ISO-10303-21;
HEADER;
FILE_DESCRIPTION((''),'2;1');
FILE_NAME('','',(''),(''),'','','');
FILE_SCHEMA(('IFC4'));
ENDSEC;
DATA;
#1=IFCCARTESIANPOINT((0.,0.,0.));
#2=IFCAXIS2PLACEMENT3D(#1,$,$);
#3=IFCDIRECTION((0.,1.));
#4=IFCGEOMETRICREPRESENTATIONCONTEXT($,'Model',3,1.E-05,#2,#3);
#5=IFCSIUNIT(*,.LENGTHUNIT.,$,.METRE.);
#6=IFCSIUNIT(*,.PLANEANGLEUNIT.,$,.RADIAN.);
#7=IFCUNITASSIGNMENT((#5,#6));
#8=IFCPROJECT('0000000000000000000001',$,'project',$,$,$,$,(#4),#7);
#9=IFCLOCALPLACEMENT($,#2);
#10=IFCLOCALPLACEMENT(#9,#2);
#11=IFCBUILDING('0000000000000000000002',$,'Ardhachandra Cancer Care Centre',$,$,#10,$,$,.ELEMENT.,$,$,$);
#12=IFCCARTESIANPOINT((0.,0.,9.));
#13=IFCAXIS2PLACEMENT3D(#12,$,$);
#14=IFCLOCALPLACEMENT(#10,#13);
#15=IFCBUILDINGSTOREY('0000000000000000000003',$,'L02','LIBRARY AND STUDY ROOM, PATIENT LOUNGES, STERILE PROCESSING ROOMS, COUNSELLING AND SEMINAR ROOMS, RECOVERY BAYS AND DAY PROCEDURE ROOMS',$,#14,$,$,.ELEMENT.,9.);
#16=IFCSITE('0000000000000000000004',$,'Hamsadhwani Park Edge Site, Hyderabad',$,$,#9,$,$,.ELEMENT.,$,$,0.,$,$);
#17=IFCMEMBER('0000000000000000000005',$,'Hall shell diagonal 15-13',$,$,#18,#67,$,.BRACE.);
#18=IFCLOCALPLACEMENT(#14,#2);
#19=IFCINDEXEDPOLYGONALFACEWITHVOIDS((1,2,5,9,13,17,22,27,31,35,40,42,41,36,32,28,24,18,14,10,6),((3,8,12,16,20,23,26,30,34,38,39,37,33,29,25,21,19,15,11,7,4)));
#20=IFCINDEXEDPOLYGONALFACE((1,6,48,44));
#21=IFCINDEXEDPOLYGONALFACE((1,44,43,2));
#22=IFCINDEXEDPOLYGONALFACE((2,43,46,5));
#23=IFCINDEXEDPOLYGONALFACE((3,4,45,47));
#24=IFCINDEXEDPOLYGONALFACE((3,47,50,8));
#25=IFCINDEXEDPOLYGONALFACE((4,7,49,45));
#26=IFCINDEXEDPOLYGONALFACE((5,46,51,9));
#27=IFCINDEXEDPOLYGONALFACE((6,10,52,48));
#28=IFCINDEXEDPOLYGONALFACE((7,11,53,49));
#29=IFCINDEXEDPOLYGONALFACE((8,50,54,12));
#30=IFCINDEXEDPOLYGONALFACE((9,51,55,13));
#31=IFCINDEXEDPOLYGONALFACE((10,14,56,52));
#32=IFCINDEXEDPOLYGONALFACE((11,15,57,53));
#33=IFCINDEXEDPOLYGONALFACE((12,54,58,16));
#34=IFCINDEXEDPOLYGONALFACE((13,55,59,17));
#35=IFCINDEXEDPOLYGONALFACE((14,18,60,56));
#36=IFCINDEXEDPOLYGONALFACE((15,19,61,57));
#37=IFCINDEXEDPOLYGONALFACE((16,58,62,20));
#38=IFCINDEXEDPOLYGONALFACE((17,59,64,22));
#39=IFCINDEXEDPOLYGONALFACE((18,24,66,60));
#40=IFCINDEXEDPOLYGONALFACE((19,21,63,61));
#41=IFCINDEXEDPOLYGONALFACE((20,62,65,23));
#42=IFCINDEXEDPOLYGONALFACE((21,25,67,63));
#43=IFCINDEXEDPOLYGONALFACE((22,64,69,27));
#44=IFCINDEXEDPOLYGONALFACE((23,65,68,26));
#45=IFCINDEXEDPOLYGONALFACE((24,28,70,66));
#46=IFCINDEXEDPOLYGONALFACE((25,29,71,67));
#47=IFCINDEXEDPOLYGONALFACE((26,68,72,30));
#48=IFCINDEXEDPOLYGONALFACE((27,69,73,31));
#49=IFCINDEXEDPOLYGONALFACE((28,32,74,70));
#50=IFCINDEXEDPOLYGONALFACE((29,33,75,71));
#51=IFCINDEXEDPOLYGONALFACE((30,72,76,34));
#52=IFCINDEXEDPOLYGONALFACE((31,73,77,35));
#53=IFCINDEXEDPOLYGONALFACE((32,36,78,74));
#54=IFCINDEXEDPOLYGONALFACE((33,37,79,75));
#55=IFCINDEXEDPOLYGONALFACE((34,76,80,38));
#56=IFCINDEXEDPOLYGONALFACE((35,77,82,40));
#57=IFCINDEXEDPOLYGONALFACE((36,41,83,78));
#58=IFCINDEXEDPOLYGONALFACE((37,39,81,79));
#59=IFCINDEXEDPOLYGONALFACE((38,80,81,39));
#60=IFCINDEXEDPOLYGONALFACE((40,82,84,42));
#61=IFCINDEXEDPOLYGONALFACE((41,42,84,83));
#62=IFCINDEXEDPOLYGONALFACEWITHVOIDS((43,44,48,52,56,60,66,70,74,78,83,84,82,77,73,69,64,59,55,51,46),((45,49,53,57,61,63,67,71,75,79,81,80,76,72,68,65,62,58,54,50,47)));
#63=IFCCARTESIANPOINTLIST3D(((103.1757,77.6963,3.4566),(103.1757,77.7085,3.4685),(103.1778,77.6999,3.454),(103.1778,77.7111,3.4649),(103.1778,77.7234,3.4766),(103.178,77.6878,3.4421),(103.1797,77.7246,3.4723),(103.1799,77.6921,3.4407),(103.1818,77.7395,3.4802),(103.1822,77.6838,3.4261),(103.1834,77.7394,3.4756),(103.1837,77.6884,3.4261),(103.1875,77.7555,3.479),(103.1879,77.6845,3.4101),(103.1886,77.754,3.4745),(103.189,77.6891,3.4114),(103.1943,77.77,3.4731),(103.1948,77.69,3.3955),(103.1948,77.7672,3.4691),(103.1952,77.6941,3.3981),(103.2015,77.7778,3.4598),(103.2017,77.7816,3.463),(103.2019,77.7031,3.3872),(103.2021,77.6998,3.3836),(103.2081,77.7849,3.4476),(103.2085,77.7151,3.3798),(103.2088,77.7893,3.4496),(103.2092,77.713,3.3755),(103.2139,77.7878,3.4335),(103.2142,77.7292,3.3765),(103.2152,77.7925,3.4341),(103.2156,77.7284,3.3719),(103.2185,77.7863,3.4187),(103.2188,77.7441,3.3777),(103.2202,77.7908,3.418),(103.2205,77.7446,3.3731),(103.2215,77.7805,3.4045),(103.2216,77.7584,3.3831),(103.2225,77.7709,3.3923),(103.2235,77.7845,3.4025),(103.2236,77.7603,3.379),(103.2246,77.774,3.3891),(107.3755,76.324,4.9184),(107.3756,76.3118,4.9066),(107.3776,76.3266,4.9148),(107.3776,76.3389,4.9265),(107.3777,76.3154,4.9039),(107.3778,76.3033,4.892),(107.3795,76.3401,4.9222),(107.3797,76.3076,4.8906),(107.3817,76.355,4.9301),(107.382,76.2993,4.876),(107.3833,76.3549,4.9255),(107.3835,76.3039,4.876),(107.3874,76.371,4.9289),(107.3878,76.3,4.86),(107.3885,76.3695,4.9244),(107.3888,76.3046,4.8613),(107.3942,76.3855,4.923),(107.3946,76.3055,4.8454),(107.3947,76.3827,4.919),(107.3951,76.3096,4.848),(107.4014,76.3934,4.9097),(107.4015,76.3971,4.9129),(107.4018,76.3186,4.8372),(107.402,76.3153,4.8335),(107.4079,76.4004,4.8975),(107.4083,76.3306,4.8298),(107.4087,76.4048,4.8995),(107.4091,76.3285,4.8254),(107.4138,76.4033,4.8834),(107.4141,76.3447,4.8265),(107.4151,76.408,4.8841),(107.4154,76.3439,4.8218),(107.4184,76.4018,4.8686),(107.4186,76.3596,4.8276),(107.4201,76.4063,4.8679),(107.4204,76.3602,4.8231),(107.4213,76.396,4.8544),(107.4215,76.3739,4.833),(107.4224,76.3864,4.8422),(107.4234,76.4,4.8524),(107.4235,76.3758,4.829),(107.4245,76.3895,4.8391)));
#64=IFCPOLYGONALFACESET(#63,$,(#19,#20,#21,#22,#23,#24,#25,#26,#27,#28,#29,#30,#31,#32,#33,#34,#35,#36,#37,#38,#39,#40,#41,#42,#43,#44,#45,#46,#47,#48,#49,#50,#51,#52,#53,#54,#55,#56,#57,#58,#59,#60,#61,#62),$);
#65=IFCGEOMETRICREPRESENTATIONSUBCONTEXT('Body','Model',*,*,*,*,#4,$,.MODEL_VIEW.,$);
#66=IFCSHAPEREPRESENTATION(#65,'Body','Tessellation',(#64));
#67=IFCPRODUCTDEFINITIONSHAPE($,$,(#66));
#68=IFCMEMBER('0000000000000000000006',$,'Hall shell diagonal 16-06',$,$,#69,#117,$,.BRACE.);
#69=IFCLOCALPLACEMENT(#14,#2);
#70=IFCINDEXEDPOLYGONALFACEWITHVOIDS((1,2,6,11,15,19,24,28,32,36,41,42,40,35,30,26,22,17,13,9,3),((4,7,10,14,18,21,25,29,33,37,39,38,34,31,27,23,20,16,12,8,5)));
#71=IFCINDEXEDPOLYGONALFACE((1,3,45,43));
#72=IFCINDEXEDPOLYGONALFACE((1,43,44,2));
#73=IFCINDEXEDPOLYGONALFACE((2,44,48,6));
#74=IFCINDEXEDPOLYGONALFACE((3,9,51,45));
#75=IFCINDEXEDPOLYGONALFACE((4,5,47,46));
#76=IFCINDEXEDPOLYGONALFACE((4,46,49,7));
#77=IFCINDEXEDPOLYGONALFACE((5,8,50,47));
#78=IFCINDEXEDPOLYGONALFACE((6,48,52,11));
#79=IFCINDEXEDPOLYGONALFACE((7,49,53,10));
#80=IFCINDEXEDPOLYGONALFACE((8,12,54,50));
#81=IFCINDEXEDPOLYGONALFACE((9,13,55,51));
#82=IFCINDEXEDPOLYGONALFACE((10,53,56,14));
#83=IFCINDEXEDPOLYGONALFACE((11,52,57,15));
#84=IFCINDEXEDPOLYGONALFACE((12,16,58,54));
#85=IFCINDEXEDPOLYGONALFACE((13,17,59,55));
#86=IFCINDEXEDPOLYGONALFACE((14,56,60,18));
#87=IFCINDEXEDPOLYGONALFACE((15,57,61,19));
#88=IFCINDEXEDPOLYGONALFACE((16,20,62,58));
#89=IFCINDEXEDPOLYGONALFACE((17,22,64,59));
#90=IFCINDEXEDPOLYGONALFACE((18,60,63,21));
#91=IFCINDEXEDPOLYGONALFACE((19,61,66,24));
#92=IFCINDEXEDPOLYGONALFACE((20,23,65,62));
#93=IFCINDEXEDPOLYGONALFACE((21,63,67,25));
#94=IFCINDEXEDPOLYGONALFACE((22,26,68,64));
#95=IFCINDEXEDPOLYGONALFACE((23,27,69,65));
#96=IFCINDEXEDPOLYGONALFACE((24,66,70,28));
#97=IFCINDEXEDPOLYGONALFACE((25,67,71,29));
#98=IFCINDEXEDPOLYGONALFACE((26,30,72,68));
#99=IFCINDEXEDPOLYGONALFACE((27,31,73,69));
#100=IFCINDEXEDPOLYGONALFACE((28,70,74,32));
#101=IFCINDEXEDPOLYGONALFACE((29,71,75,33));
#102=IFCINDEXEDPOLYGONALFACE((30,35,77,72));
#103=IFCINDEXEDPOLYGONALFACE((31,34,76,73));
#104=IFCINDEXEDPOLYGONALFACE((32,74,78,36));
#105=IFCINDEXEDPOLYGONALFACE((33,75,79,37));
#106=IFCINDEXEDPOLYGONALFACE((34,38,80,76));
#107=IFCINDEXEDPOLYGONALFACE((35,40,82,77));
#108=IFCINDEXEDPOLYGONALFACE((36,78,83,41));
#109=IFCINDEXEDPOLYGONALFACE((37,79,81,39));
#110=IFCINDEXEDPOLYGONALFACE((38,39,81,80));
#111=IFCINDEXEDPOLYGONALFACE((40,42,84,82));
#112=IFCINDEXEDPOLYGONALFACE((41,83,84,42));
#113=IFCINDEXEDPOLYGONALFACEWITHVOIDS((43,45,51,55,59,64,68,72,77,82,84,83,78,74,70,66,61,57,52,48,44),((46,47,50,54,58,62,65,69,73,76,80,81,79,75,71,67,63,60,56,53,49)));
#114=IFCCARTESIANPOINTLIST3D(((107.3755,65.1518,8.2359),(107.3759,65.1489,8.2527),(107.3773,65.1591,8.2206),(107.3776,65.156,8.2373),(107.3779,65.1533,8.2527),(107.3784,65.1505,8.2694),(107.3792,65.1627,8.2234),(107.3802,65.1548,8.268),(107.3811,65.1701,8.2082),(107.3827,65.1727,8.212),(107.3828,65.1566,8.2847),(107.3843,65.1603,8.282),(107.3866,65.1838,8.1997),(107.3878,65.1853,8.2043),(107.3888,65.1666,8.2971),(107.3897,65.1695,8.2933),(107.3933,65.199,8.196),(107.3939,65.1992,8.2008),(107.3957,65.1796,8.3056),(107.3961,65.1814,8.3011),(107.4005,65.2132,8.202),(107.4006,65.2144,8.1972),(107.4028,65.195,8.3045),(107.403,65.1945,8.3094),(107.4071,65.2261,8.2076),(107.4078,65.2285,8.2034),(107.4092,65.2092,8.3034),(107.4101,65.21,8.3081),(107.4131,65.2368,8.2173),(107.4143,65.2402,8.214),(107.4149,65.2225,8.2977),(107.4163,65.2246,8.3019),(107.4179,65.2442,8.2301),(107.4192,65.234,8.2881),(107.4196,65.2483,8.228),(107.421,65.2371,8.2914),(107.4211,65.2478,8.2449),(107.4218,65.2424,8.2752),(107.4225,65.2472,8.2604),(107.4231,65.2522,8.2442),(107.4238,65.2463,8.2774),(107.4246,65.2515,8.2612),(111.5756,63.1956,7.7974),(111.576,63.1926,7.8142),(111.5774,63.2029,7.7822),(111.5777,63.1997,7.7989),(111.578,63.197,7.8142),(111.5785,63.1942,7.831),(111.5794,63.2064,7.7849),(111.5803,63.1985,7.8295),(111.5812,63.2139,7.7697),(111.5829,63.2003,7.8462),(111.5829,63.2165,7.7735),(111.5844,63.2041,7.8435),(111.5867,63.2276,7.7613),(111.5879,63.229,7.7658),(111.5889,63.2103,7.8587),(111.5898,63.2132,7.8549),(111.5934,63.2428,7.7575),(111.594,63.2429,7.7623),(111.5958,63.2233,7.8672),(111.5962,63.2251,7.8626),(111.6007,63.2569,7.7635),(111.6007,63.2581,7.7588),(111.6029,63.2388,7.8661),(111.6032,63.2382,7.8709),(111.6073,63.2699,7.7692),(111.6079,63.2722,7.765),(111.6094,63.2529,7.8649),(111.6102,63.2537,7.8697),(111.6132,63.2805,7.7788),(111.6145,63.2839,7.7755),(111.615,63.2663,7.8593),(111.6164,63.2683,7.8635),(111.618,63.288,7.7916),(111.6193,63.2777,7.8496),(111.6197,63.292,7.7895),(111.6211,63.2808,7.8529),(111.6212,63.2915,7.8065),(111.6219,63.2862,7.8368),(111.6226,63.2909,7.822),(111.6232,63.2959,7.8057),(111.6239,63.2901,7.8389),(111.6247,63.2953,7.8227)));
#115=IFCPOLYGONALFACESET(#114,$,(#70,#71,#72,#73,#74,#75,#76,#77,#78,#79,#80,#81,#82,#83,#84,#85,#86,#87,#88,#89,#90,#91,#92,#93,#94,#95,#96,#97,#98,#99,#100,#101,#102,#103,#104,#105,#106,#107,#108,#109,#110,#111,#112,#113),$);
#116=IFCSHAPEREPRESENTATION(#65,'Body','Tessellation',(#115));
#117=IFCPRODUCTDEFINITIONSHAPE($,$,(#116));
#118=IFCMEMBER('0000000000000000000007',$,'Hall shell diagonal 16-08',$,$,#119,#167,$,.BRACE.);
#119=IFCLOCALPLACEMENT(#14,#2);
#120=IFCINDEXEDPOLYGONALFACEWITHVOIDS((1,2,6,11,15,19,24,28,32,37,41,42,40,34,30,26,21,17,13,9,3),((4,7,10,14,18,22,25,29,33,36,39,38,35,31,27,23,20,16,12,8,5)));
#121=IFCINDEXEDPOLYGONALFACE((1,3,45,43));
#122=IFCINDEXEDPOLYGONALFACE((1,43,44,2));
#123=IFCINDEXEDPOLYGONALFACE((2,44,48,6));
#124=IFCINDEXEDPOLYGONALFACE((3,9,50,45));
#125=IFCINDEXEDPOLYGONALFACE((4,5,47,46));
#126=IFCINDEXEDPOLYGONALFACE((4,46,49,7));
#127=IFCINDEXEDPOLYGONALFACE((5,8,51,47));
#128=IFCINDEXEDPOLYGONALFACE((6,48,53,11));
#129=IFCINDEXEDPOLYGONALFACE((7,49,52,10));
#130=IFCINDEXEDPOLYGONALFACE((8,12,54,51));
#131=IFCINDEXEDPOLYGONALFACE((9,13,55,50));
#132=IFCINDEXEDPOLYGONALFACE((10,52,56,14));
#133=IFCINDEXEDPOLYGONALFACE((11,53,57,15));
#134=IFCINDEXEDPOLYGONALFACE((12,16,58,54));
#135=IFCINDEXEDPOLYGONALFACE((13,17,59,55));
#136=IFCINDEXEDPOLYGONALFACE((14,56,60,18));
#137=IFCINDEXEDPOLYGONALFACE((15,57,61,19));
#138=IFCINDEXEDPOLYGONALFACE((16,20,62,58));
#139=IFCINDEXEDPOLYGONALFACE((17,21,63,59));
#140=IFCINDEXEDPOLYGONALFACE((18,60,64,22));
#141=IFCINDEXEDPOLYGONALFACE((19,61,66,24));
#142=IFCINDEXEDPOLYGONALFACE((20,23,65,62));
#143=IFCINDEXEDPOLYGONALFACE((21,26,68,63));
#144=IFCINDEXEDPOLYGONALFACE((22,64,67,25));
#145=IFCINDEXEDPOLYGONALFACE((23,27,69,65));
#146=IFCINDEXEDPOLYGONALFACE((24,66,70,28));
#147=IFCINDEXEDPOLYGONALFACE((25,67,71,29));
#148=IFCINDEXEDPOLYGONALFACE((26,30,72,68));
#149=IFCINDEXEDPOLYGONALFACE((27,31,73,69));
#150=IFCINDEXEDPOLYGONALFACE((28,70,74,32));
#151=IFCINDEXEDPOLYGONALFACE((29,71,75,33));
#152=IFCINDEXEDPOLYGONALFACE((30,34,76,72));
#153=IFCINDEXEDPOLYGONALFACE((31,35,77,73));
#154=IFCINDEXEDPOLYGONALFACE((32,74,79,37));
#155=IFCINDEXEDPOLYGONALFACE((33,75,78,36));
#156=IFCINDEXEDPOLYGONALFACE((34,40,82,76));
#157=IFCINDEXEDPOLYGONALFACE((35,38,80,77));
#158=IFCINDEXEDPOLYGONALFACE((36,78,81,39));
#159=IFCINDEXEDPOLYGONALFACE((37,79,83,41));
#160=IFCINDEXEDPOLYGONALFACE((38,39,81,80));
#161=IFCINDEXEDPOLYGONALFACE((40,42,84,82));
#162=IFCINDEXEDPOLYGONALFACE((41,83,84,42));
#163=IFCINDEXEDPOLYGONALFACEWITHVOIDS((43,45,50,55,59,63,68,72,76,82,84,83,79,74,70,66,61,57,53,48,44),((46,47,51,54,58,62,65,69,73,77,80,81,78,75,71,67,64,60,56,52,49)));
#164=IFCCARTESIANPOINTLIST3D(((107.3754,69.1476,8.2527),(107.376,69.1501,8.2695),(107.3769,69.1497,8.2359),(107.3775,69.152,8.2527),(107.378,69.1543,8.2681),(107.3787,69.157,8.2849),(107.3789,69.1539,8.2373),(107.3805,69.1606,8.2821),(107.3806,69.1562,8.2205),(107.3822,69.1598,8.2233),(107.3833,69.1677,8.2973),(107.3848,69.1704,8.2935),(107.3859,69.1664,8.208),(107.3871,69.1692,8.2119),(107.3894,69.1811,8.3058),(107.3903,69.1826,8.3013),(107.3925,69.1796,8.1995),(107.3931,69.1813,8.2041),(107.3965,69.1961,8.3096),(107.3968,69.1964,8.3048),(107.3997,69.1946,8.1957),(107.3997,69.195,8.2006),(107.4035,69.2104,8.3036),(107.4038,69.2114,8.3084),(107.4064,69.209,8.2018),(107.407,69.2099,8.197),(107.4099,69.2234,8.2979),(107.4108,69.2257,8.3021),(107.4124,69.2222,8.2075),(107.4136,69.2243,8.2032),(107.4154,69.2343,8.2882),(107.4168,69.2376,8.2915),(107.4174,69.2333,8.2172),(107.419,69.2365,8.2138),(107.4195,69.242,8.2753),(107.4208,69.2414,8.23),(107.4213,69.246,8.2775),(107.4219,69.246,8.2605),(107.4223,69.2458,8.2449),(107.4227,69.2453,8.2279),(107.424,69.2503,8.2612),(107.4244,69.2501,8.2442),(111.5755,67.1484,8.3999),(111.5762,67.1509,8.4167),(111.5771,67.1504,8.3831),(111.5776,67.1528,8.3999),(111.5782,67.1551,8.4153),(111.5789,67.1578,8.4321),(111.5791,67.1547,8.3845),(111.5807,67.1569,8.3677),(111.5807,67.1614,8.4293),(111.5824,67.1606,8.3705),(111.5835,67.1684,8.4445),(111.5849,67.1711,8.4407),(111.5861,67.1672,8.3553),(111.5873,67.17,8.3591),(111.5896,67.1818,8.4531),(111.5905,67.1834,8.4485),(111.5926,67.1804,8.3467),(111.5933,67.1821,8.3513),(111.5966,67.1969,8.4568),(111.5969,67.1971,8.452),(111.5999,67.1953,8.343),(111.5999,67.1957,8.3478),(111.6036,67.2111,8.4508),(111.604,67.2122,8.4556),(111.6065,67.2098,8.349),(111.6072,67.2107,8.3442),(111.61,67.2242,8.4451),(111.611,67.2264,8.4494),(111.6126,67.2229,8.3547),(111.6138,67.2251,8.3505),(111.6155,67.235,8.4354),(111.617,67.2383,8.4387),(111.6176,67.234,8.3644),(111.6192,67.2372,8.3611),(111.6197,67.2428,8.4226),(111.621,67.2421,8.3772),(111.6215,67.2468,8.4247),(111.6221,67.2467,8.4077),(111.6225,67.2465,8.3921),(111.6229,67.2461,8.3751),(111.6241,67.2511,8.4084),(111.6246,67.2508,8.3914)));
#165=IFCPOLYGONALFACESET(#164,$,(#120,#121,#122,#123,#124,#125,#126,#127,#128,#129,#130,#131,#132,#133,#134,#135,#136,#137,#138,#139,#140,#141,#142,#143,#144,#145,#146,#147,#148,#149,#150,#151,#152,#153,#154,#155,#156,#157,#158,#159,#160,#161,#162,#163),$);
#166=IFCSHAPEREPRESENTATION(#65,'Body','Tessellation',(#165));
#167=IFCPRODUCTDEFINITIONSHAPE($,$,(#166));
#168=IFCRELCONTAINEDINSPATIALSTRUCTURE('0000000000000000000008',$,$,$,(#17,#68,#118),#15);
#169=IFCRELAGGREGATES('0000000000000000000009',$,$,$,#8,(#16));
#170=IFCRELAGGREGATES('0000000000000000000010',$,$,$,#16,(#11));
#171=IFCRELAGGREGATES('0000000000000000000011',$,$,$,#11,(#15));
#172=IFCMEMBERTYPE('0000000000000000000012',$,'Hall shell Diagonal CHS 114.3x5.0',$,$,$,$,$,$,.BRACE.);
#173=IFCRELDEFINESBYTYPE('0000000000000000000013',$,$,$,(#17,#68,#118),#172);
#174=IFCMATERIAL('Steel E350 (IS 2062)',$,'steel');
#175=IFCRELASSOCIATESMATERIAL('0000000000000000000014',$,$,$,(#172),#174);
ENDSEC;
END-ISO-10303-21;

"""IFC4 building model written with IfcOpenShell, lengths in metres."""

from ifc_helpers import new_model, si_unit, direction, frame, origin, origin_2d, place, context, subcontext, project, spatial, hollow_circle, extrude, material, material_profile, profile_set, type_object, element, save


model = new_model("IFC4")

# Units and contexts
model_context = context("Model", 3, precision=1e-05, world=origin(), true_north=direction((0.0, 1.0)))
body_context = subcontext(model_context, "Body", "Model", "MODEL_VIEW")
ifc_project = project(units=[si_unit("LENGTHUNIT", "METRE"), si_unit("PLANEANGLEUNIT", "RADIAN")], contexts=[model_context])

# Site, building, storey
site_placement = place(None, origin())
site = spatial("IfcSite", under=ifc_project, at=site_placement, Name="Hamsadhwani Park Edge Site, Hyderabad", CompositionType="ELEMENT", RefElevation=0.0)
building_placement = place(site_placement, origin())
building = spatial("IfcBuilding", under=site, at=building_placement, Name="Ardhachandra Cancer Care Centre", CompositionType="ELEMENT")
storey_placement = place(building_placement, frame((0.0, 0.0, 9.0)))
storey = spatial("IfcBuildingStorey", under=building, at=storey_placement, Name="L02", Description="LIBRARY AND STUDY ROOM, PATIENT LOUNGES, STERILE PROCESSING ROOMS, COUNSELLING AND SEMINAR ROOMS, RECOVERY BAYS AND DAY PROCEDURE ROOMS", CompositionType="ELEMENT", Elevation=9.0)

# Members
ifc_material_1 = material(Name="Steel E350 (IS 2062)", Category="steel")
ifc_material_profile_1 = material_profile(ifc_material_1, hollow_circle(Radius=0.0571, WallThickness=0.0049, at=origin_2d()), Name="CHS 114.3x5.0")
ifc_profile_set_1 = profile_set([ifc_material_profile_1], Name="Steel E350 (IS 2062)")
member_type_1 = type_object("IfcMemberType", Name="Hall shell Diagonal CHS 114.3x5.0", PredefinedType="BRACE", material=ifc_profile_set_1)
member_1_placement = place(storey_placement, frame((107.3999, 76.3535, 4.876), z_axis=(-0.902457, 0.297497, -0.311556), x_axis=(-0.313079, -0.949727, 0.0)))
element("IfcMember", 1, at=member_1_placement, inside=storey, type_object=member_type_1, Name="Hall shell diagonal 15-13", PredefinedType="BRACE", context=body_context, shape_type="SweptSolid", body=[
    extrude(hollow_circle(Radius=0.0571, WallThickness=0.0049, at=origin_2d()), origin(), (0.0, 0.0, 1.0), 4.6538),
])
for number, where, z_axis, x_axis, name in (
    (2, (111.6001, 63.2444, 7.8142), (-0.902465, 0.420335, 0.094212), (-0.422213, -0.906497, 0.0), "Hall shell diagonal 16-06"),
    (3, (111.6001, 67.2, 8.3999), (-0.902478, 0.429574, -0.031632), (-0.429789, -0.902929, 0.0), "Hall shell diagonal 16-08"),
):
    element("IfcMember", number, at=place(storey_placement, frame(where, z_axis=z_axis, x_axis=x_axis)), inside=storey, type_object=member_type_1, Name=name, PredefinedType="BRACE", context=body_context, shape_type="SweptSolid", body=[
        extrude(hollow_circle(Radius=0.0571, WallThickness=0.0049, at=origin_2d()), origin(), (0.0, 0.0, 1.0), 4.6541),
    ])

save(model, "model.ifc")
